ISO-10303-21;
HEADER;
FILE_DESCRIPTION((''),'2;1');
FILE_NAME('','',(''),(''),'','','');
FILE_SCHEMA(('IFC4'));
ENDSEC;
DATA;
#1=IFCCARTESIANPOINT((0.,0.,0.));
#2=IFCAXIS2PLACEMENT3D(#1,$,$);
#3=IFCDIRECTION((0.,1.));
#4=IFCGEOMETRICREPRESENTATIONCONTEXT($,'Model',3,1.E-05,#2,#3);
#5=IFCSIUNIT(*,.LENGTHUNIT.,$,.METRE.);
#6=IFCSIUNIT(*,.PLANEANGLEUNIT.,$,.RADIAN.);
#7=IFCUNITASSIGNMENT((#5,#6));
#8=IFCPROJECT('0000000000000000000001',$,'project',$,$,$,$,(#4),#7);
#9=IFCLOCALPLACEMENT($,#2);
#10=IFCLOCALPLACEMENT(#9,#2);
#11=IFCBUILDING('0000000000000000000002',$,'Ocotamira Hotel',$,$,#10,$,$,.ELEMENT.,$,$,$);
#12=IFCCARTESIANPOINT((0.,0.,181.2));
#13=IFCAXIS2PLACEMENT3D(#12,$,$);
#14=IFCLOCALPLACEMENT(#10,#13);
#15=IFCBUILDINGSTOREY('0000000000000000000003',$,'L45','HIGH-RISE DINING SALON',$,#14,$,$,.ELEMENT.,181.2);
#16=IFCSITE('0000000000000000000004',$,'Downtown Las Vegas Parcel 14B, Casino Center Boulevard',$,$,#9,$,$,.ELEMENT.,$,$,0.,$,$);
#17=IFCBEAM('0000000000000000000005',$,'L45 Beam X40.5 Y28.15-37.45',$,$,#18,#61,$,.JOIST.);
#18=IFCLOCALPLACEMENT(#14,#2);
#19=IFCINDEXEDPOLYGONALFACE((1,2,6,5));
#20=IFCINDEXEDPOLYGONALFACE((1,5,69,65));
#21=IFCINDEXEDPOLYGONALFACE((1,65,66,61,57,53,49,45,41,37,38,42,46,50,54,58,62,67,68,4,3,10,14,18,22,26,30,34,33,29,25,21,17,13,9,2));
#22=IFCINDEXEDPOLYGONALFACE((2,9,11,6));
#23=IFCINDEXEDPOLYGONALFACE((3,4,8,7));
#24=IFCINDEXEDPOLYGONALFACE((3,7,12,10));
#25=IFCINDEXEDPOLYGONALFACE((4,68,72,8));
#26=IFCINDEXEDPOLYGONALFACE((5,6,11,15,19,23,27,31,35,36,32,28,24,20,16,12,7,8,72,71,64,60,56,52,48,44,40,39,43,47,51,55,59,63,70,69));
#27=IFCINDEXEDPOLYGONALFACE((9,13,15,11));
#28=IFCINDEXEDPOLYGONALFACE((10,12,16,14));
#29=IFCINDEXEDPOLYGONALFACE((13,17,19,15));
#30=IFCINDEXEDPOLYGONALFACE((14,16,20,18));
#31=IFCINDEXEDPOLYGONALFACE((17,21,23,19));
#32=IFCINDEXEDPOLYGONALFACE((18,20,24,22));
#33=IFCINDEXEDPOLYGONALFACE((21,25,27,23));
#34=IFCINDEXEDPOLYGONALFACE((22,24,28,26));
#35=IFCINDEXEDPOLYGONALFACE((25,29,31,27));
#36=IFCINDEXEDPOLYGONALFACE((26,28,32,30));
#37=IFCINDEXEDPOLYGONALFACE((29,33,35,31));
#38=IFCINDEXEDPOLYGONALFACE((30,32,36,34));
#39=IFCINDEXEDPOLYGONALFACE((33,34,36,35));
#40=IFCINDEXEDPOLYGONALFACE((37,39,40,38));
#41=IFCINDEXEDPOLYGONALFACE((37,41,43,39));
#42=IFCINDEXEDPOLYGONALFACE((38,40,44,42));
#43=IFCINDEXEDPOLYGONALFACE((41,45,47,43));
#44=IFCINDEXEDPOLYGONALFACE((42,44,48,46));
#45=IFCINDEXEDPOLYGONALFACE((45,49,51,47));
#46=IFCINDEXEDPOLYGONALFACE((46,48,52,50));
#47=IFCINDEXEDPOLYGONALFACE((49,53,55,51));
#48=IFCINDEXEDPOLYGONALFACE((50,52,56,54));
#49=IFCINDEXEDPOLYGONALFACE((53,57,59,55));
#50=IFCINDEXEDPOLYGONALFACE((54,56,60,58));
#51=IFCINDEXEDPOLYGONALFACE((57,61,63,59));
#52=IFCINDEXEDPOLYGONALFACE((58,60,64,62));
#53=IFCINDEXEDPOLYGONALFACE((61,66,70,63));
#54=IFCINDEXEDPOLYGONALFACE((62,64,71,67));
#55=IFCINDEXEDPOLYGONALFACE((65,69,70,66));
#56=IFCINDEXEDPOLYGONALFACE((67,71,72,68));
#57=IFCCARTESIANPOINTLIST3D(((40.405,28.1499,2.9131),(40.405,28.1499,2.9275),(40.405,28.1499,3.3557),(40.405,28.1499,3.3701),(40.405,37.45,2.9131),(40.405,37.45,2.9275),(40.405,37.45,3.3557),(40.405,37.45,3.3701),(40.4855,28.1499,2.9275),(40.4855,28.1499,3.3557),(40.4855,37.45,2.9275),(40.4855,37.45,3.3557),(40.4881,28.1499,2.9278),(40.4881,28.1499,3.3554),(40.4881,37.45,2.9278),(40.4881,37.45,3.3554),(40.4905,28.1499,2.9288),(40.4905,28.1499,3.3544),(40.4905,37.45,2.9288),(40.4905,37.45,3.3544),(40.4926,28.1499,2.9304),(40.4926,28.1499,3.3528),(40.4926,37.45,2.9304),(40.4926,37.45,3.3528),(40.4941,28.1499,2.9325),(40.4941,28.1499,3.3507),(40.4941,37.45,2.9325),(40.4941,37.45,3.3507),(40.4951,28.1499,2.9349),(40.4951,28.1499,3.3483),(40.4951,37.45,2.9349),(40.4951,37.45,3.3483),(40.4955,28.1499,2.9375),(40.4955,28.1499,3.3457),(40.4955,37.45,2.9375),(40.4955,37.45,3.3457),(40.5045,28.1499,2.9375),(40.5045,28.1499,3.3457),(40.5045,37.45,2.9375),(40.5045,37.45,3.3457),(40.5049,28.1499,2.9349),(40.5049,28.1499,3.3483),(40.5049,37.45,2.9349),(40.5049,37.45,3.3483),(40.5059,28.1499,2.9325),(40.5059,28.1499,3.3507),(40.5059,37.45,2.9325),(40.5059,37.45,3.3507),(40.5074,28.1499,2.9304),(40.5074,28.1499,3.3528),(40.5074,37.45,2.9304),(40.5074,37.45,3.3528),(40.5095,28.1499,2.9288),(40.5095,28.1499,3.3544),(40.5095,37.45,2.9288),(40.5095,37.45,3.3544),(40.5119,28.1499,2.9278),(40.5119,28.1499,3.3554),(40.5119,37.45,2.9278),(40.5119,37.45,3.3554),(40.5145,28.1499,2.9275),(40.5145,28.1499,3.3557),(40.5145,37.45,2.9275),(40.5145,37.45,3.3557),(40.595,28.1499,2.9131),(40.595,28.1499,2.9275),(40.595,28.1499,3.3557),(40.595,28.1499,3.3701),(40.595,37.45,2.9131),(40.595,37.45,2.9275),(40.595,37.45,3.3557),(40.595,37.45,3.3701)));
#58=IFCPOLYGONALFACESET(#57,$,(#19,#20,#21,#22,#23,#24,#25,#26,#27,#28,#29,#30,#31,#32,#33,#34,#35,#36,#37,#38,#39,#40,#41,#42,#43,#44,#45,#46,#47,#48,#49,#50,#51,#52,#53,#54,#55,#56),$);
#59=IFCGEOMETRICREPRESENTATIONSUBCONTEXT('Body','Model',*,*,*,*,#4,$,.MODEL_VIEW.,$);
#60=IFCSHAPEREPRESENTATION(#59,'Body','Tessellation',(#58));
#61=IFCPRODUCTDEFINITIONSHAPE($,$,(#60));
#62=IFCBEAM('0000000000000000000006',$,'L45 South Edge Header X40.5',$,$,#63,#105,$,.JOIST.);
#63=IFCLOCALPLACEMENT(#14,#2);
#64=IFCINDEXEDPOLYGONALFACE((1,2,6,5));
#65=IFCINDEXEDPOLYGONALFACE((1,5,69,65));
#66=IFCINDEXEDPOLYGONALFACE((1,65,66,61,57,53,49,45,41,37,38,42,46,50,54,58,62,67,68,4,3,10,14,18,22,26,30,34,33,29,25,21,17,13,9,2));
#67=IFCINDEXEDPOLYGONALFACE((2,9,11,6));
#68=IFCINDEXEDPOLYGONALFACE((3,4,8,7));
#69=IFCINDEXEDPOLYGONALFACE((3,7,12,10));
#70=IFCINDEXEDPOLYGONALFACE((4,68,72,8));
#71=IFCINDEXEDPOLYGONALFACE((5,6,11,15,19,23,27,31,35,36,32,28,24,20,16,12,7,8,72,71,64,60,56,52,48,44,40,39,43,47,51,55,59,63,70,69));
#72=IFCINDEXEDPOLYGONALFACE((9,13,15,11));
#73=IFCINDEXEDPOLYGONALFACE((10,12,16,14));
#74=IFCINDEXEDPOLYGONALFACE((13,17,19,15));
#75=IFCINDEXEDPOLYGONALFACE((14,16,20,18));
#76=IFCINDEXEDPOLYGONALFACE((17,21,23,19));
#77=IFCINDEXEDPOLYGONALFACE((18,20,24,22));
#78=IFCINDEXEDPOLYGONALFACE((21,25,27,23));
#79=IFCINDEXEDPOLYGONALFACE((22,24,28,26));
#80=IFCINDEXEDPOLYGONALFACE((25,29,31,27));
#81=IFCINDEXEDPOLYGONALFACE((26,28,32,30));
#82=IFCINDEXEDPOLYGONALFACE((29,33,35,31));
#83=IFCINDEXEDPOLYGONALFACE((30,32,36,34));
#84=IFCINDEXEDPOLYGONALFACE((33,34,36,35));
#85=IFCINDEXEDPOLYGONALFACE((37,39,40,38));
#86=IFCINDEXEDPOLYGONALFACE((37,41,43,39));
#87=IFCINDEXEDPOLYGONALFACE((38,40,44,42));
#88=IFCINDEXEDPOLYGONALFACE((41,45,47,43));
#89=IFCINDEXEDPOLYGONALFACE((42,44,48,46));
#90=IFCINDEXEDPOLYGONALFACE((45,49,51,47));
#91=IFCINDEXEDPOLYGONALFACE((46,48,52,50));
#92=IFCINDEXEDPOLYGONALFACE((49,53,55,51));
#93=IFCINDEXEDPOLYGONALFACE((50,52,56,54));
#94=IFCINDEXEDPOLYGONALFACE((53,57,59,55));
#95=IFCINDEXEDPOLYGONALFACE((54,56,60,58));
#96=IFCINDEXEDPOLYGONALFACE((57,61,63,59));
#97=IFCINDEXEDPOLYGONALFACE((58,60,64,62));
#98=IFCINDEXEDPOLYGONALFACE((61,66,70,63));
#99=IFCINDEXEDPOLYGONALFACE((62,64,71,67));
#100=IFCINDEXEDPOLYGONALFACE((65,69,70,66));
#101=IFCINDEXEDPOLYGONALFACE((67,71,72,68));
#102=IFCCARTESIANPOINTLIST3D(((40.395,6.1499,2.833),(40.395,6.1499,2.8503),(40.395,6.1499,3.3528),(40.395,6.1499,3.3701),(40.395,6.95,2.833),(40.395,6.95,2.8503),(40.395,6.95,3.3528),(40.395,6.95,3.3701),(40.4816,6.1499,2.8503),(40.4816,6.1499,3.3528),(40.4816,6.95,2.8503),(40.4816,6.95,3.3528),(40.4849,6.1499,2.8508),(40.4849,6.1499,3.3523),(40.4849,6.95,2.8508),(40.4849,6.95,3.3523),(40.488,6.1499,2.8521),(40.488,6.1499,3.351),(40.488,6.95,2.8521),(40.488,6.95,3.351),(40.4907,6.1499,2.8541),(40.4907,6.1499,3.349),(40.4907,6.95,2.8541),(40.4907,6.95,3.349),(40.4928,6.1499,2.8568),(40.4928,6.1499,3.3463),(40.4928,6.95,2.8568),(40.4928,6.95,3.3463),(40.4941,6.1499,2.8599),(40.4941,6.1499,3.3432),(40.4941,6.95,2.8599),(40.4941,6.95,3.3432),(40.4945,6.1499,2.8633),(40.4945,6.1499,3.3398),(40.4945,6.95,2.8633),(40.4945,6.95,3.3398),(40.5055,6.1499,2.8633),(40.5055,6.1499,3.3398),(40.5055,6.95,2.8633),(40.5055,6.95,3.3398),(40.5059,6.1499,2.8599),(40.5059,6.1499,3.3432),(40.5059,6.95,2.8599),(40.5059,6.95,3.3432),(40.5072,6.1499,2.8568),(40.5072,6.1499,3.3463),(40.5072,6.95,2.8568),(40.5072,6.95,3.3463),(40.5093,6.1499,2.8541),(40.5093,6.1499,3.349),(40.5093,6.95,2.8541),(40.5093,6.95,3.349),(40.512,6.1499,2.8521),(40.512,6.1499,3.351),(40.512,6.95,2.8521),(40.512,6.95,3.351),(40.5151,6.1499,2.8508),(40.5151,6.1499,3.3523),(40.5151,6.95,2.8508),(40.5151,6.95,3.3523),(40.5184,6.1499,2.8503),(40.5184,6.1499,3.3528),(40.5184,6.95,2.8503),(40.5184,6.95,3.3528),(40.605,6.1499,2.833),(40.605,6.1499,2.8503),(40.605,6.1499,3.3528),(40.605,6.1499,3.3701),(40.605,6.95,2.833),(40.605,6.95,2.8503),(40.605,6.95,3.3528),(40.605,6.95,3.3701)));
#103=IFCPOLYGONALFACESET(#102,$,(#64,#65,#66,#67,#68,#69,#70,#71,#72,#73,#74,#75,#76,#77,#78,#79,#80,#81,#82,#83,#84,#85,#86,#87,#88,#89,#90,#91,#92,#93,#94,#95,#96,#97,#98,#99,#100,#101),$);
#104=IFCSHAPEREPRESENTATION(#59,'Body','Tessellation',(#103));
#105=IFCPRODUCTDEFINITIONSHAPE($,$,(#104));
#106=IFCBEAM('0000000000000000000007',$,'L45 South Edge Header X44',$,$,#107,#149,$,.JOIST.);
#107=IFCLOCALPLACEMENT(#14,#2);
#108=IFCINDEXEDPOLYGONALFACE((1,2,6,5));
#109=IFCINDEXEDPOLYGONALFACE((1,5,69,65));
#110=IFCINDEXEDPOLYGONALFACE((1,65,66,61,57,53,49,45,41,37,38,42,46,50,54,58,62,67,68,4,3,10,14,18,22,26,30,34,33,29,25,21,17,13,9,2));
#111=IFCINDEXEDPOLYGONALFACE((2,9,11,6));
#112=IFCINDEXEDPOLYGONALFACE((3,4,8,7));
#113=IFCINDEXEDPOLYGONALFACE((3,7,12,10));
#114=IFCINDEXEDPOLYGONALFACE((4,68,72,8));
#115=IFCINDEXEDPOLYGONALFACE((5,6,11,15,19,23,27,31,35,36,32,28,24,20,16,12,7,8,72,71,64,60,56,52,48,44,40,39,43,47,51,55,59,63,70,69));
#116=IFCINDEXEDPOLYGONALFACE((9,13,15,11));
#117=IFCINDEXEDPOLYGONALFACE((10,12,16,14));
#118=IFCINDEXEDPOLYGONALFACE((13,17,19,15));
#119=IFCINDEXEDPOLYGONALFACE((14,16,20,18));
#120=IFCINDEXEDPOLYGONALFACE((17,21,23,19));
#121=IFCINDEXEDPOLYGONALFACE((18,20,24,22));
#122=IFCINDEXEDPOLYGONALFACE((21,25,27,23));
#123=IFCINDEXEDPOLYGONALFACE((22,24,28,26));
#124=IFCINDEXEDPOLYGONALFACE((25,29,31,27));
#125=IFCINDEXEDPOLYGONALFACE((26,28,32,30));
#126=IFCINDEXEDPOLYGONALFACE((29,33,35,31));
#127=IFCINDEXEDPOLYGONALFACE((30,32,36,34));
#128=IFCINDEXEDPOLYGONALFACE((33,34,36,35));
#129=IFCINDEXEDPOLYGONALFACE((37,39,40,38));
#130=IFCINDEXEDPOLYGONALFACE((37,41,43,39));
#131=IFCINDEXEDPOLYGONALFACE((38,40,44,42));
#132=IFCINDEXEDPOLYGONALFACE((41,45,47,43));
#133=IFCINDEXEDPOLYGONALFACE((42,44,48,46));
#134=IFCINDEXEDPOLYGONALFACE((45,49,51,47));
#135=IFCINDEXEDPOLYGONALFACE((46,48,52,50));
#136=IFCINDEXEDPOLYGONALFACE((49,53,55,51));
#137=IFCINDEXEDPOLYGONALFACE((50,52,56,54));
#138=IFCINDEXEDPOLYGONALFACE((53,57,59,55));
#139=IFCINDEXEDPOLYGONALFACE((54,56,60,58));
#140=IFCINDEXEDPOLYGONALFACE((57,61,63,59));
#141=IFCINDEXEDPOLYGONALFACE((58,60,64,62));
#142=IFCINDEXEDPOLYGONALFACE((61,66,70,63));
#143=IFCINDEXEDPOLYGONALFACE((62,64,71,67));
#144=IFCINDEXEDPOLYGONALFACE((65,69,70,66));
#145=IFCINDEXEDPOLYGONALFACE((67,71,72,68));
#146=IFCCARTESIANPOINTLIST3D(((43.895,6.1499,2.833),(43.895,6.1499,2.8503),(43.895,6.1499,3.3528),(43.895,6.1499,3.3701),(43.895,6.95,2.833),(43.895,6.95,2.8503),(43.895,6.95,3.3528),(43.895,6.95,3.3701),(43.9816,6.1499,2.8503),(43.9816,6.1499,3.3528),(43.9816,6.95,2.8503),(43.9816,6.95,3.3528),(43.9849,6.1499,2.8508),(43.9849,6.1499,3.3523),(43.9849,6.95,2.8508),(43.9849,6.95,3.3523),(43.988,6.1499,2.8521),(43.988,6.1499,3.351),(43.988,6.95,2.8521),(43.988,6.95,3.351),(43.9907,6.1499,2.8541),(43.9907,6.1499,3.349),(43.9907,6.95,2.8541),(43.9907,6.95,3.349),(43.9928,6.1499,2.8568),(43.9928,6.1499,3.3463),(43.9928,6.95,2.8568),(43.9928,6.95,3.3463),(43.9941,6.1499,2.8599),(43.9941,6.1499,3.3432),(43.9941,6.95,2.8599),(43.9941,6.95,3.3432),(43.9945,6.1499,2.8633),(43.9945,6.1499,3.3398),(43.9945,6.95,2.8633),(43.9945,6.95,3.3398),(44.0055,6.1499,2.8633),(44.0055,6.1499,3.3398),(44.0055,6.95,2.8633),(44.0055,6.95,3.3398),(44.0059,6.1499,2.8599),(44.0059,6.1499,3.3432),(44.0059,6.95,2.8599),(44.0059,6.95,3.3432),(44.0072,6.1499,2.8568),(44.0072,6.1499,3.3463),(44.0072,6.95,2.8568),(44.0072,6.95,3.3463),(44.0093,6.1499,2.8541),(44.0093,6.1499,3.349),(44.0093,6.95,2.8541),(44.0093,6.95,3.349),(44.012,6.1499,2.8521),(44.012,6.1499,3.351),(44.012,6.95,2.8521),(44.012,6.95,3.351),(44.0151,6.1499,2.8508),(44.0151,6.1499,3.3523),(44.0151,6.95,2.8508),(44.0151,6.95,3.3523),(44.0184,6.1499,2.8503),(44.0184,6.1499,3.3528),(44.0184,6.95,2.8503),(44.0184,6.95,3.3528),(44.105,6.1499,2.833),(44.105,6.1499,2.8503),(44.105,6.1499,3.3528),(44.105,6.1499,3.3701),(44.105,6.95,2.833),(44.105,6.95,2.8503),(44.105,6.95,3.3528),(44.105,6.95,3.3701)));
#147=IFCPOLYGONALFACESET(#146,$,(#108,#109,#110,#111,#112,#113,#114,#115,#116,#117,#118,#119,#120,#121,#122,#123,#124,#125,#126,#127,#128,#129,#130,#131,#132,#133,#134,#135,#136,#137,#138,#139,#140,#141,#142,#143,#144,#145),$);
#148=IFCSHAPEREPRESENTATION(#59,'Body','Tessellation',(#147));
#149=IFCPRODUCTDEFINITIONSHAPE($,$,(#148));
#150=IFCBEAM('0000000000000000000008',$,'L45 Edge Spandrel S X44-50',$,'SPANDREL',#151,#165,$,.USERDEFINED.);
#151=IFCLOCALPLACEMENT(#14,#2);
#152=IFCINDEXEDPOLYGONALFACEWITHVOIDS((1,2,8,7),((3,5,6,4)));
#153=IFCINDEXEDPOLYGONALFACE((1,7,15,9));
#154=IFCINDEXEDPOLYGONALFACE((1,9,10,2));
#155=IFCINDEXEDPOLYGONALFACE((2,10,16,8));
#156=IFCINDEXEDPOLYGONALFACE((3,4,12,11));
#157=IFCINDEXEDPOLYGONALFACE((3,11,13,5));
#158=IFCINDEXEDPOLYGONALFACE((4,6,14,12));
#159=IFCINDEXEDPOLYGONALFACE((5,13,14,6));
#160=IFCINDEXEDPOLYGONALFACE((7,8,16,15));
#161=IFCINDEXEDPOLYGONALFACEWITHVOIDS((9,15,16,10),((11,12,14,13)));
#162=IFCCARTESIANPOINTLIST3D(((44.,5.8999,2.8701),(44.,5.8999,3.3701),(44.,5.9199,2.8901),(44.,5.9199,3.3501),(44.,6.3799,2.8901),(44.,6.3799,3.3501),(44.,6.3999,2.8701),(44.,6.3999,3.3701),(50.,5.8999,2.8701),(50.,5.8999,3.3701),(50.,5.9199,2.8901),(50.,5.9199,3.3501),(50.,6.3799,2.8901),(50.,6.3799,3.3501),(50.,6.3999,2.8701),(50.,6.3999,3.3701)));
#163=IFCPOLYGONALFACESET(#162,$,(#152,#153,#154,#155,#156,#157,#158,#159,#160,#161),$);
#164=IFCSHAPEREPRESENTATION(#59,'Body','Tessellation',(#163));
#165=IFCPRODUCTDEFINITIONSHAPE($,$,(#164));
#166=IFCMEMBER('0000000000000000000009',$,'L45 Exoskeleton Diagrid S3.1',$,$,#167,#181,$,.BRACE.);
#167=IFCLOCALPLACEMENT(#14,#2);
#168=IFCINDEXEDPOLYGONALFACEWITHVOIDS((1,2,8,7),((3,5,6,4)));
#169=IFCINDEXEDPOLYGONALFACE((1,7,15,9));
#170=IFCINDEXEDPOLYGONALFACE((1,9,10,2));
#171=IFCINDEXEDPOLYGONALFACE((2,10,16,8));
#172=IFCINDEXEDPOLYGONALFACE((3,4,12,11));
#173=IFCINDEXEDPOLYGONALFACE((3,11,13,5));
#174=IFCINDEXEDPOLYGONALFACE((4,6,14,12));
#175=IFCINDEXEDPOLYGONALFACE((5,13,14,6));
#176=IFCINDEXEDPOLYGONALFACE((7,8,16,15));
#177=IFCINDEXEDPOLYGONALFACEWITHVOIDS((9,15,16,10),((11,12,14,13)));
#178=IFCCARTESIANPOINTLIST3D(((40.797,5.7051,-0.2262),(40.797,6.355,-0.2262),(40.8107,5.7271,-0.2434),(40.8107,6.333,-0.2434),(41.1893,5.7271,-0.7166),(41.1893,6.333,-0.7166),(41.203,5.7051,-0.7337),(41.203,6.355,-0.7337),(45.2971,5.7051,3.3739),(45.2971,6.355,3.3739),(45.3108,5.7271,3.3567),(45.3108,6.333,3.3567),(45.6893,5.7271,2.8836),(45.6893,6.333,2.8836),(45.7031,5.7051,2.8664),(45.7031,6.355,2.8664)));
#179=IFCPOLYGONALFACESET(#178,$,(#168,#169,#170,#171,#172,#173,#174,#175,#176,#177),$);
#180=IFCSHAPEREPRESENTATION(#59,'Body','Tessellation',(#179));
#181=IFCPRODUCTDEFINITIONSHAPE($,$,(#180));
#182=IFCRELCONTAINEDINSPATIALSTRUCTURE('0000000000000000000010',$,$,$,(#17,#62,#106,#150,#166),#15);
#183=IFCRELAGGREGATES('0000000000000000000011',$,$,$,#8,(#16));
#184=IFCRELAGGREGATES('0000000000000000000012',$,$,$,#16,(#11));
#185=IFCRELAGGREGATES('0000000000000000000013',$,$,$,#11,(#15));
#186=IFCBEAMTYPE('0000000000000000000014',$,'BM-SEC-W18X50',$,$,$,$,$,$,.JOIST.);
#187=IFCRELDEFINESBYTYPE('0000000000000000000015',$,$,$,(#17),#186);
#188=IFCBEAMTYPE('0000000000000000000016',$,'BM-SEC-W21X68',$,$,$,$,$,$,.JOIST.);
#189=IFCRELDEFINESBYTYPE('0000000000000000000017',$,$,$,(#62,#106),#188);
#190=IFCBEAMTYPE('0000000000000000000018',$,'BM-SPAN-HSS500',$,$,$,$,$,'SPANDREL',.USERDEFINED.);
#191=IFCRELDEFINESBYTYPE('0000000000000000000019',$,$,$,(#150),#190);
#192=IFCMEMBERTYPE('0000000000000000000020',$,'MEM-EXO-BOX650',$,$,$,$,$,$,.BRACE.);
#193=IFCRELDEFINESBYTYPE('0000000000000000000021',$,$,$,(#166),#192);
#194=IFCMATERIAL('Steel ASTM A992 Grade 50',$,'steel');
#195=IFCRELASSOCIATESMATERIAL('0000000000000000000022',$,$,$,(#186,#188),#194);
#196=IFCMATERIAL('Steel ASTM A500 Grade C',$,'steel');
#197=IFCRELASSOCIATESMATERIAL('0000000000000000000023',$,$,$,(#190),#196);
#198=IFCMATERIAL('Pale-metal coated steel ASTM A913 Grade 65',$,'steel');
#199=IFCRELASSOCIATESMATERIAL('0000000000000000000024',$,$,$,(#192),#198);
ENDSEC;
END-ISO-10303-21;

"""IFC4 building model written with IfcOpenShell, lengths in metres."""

from ifc_helpers import new_model, si_unit, direction, frame, origin, origin_2d, place, context, subcontext, project, spatial, hollow_rectangle, i_section, extrude, source, transform, mapped, material, material_profile, profile_set, type_object, element, save


model = new_model("IFC4")

# Units and contexts
model_context = context("Model", 3, precision=1e-05, world=origin(), true_north=direction((0.0, 1.0)))
body_context = subcontext(model_context, "Body", "Model", "MODEL_VIEW")
ifc_project = project(units=[si_unit("LENGTHUNIT", "METRE"), si_unit("PLANEANGLEUNIT", "RADIAN")], contexts=[model_context])

# Site, building, storey
site_placement = place(None, origin())
site = spatial("IfcSite", under=ifc_project, at=site_placement, Name="Downtown Las Vegas Parcel 14B, Casino Center Boulevard", CompositionType="ELEMENT", RefElevation=0.0)
building_placement = place(site_placement, origin())
building = spatial("IfcBuilding", under=site, at=building_placement, Name="Ocotamira Hotel", CompositionType="ELEMENT")
storey_placement = place(building_placement, frame((0.0, 0.0, 181.2)))
storey = spatial("IfcBuildingStorey", under=building, at=storey_placement, Name="L45", Description="HIGH-RISE DINING SALON", CompositionType="ELEMENT", Elevation=181.2)

# Beams
ifc_material_1 = material(Name="Steel ASTM A992 Grade 50", Category="steel")
ifc_material_profile_1 = material_profile(ifc_material_1, i_section(OverallWidth=0.1899, OverallDepth=0.457, WebThickness=0.009, FlangeThickness=0.0144, FilletRadius=0.01, at=origin_2d()), Name="W18X50")
ifc_profile_set_1 = profile_set([ifc_material_profile_1], Name="Steel ASTM A992 Grade 50")
beam_type_1 = type_object("IfcBeamType", Name="BM-SEC-W18X50", PredefinedType="JOIST", material=ifc_profile_set_1)
shared_shape_1 = source(origin(), body_context, "Body", "SweptSolid", [
    extrude(i_section(OverallWidth=0.1899, OverallDepth=0.457, WebThickness=0.009, FlangeThickness=0.0144, FilletRadius=0.01, at=origin_2d()), origin(), (0.0, 0.0, 1.0), 9.3),
])
beam_1_placement = place(storey_placement, frame((40.5, 28.1499, 3.1416), z_axis=(0.0, 1.0, 0.0), x_axis=(-1.0, 0.0, 0.0)))
element("IfcBeam", 1, at=beam_1_placement, inside=storey, type_object=beam_type_1, Name="L45 Beam X40.5 Y28.15-37.45", PredefinedType="JOIST", context=body_context, shape_type="MappedRepresentation", body=[
    mapped(shared_shape_1, transform((0.0, 0.0, 0.0), scale=1.0)),
])
ifc_material_profile_2 = material_profile(ifc_material_1, i_section(OverallWidth=0.21, OverallDepth=0.5371, WebThickness=0.011, FlangeThickness=0.0173, FilletRadius=0.0129, at=origin_2d()), Name="W21X68")
ifc_profile_set_2 = profile_set([ifc_material_profile_2], Name="Steel ASTM A992 Grade 50")
beam_type_2 = type_object("IfcBeamType", Name="BM-SEC-W21X68", PredefinedType="JOIST", material=ifc_profile_set_2)
shared_shape_2 = source(origin(), body_context, "Body", "SweptSolid", [
    extrude(i_section(OverallWidth=0.21, OverallDepth=0.5371, WebThickness=0.011, FlangeThickness=0.0173, FilletRadius=0.0129, at=origin_2d()), origin(), (0.0, 0.0, 1.0), 0.8),
])
for number, where, z_axis, x_axis, name in (
    (2, (40.5, 6.95, 3.1016), (0.0, -1.0, 0.0), (1.0, 0.0, 0.0), "L45 South Edge Header X40.5"),
    (3, (44.0, 6.95, 3.1016), (0.0, -1.0, 0.0), (1.0, 0.0, 0.0), "L45 South Edge Header X44"),
):
    element("IfcBeam", number, at=place(storey_placement, frame(where, z_axis=z_axis, x_axis=x_axis)), inside=storey, type_object=beam_type_2, Name=name, PredefinedType="JOIST", context=body_context, shape_type="MappedRepresentation", body=[
        mapped(shared_shape_2, transform((0.0, 0.0, 0.0), scale=1.0)),
    ])
ifc_material_2 = material(Name="Steel ASTM A500 Grade C", Category="steel")
ifc_material_profile_3 = material_profile(ifc_material_2, hollow_rectangle(XDim=0.5, YDim=0.5, WallThickness=0.02, at=origin_2d()), Name="HSS500X500X20")
ifc_profile_set_3 = profile_set([ifc_material_profile_3], Name="Steel ASTM A500 Grade C")
beam_type_3 = type_object("IfcBeamType", Name="BM-SPAN-HSS500", ElementType="SPANDREL", PredefinedType="USERDEFINED", material=ifc_profile_set_3)
shared_shape_3 = source(origin(), body_context, "Body", "SweptSolid", [
    extrude(hollow_rectangle(XDim=0.5, YDim=0.5, WallThickness=0.02, at=origin_2d()), origin(), (0.0, 0.0, 1.0), 6.0),
])
beam_2_placement = place(storey_placement, frame((44.0, 6.1499, 3.1201), z_axis=(1.0, 0.0, 0.0), x_axis=(0.0, 1.0, 0.0)))
element("IfcBeam", 4, at=beam_2_placement, inside=storey, type_object=beam_type_3, Name="L45 Edge Spandrel S X44-50", ObjectType="SPANDREL", PredefinedType="USERDEFINED", context=body_context, shape_type="MappedRepresentation", body=[
    mapped(shared_shape_3, transform((0.0, 0.0, 0.0), scale=1.0)),
])

# Member
ifc_material_3 = material(Name="Pale-metal coated steel ASTM A913 Grade 65", Category="steel")
ifc_material_profile_4 = material_profile(ifc_material_3, hollow_rectangle(XDim=0.6499, YDim=0.6499, WallThickness=0.022, at=origin_2d()), Name="BOX650X650X22")
ifc_profile_set_4 = profile_set([ifc_material_profile_4], Name="Pale-metal coated steel ASTM A913 Grade 65")
member_type_1 = type_object("IfcMemberType", Name="MEM-EXO-BOX650", PredefinedType="BRACE", material=ifc_profile_set_4)
shared_shape_4 = source(origin(), body_context, "Body", "SweptSolid", [
    extrude(hollow_rectangle(XDim=0.6499, YDim=0.6499, WallThickness=0.022, at=origin_2d()), origin(), (0.0, 0.0, 1.0), 5.7629),
])
member_1_placement = place(storey_placement, frame((41.0, 6.03, -0.48), z_axis=(0.780861, 0.0, 0.624705), x_axis=(0.0, 1.0, 0.0)))
element("IfcMember", 5, at=member_1_placement, inside=storey, type_object=member_type_1, Name="L45 Exoskeleton Diagrid S3.1", PredefinedType="BRACE", context=body_context, shape_type="MappedRepresentation", body=[
    mapped(shared_shape_4, transform((0.0, 0.0, 0.0), scale=1.0)),
])

save(model, "model.ifc")
